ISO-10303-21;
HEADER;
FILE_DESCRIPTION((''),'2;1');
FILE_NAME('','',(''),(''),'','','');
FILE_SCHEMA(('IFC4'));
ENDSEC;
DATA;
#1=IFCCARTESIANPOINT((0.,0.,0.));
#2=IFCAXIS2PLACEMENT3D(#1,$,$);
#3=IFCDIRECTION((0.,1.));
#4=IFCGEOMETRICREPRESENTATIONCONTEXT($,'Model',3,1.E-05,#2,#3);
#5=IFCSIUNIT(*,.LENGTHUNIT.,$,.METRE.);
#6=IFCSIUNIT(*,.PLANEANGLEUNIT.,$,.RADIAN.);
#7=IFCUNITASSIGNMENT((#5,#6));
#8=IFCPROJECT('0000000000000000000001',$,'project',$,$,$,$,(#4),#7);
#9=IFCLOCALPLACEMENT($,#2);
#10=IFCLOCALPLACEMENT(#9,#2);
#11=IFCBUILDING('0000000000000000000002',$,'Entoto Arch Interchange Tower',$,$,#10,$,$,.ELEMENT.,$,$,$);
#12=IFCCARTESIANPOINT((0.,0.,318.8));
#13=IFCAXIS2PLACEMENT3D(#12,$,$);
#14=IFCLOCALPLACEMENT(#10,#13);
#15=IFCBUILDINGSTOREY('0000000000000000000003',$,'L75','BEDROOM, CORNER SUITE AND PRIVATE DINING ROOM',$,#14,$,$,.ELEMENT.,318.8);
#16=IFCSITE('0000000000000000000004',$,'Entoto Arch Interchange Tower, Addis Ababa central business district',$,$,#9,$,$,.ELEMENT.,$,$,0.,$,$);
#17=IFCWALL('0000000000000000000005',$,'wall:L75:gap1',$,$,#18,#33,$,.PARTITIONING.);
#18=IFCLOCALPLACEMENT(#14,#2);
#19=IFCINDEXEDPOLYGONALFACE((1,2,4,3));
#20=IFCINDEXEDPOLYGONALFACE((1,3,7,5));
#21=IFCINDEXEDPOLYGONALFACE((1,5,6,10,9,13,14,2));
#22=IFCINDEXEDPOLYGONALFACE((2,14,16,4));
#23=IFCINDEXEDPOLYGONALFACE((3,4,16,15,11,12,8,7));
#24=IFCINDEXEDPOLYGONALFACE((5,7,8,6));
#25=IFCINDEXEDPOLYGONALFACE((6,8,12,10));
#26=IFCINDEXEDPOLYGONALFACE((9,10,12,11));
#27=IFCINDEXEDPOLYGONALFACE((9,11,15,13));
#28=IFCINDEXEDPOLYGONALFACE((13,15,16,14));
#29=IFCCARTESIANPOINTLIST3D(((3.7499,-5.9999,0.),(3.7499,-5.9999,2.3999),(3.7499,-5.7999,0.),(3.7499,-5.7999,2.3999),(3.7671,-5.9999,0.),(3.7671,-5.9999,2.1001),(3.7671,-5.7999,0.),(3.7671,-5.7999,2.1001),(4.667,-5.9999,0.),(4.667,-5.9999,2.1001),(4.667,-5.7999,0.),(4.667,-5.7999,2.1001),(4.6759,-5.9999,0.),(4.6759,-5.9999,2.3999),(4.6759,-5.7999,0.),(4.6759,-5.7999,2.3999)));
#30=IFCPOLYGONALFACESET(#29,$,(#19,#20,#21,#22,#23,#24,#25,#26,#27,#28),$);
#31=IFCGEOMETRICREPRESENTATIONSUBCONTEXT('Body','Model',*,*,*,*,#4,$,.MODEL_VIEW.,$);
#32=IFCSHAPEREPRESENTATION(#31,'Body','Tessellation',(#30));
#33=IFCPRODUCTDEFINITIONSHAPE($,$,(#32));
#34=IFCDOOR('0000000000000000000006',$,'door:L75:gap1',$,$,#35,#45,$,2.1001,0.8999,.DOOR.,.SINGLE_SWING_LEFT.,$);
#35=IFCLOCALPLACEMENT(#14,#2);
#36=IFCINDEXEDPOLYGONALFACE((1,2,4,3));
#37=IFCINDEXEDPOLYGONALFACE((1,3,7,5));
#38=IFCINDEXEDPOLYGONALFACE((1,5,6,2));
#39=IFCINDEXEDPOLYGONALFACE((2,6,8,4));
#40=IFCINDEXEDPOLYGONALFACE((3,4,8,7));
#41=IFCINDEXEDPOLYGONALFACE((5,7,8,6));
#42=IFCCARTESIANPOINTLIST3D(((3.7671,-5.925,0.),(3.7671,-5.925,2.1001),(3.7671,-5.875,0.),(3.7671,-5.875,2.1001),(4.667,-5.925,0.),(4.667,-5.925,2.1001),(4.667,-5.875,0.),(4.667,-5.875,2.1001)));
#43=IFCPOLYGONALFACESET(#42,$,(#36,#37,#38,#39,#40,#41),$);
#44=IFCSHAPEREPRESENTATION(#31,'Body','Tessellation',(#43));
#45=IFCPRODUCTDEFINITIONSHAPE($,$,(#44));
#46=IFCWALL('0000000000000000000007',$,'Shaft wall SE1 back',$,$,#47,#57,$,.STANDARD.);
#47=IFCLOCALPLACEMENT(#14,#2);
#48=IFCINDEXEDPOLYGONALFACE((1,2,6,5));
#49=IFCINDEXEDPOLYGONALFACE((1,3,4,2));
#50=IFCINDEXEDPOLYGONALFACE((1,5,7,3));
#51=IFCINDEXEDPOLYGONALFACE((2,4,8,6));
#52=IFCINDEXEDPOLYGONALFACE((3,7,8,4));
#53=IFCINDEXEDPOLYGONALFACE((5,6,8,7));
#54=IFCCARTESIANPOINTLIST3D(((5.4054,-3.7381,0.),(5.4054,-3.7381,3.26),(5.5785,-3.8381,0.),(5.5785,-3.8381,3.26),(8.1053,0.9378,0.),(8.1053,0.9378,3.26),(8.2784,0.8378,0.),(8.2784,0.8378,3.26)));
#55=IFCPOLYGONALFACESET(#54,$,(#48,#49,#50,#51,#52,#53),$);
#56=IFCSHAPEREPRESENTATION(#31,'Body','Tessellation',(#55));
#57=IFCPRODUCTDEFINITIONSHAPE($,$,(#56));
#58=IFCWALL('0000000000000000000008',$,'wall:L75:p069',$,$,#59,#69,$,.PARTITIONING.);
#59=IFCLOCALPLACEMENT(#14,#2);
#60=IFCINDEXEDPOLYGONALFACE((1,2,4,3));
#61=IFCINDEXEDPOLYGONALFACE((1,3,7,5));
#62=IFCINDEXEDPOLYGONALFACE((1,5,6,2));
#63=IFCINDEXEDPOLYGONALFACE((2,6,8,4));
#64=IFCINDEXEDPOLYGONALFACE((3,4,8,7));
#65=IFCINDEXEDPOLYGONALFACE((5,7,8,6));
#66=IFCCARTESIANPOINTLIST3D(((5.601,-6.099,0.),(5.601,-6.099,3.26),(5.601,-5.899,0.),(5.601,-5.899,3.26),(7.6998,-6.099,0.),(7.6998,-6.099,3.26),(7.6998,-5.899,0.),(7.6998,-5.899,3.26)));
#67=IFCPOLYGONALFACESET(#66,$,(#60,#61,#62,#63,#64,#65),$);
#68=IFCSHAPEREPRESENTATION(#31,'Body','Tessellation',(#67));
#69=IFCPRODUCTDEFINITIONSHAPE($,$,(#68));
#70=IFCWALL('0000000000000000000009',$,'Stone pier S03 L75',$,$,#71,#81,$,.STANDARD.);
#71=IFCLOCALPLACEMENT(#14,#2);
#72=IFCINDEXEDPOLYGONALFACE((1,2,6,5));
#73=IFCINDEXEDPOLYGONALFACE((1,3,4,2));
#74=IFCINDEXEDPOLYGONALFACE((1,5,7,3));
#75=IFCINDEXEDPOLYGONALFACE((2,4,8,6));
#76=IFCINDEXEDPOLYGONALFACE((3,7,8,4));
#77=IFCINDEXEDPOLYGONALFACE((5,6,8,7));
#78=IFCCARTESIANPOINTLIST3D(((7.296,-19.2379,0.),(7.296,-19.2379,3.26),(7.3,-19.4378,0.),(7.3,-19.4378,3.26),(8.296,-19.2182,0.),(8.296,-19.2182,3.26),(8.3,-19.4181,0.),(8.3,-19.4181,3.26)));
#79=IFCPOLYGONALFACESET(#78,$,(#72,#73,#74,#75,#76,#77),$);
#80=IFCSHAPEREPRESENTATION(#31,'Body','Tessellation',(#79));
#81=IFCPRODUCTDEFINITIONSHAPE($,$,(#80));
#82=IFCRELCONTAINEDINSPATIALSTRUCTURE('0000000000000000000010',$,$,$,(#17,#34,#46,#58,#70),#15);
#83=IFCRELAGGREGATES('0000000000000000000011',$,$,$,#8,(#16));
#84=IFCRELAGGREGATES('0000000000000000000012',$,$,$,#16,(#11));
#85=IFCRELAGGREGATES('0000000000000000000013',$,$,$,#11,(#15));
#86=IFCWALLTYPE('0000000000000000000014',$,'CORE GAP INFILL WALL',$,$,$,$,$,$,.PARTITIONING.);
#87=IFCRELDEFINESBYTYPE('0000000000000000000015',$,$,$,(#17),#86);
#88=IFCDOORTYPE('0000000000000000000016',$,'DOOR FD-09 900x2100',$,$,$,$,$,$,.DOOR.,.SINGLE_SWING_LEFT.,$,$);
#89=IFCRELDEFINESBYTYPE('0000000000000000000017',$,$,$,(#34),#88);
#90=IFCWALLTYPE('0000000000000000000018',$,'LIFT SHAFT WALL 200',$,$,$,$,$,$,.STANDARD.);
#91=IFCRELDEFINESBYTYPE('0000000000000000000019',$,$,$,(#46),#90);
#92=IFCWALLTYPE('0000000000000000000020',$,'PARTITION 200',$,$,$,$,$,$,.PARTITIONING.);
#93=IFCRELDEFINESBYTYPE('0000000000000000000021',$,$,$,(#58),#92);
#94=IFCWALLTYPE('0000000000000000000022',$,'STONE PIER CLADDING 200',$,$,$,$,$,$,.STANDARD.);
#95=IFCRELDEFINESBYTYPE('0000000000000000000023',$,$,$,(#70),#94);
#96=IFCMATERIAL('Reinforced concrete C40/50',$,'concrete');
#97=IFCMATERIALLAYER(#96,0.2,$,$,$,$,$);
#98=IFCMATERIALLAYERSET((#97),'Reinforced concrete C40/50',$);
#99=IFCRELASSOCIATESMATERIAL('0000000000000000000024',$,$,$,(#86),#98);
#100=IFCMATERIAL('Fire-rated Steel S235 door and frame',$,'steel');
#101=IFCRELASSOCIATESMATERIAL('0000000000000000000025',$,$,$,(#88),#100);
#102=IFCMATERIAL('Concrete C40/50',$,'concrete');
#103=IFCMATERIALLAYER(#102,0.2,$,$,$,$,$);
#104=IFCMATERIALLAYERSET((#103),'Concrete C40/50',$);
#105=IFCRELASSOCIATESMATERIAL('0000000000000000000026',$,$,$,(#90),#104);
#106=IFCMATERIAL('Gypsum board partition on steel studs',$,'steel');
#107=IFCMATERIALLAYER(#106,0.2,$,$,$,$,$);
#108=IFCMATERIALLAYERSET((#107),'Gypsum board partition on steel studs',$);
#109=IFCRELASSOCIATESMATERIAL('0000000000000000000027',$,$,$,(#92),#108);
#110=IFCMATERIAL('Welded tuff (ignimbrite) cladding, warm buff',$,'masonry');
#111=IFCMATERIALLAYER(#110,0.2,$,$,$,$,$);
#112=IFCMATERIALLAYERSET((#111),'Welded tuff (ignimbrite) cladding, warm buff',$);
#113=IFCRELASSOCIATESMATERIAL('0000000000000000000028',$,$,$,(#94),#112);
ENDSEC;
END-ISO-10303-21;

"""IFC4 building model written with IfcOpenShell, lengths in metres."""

from ifc_helpers import new_model, si_unit, direction, frame, frame_2d, origin, place, context, subcontext, project, spatial, rectangle, extrude, material, layer, layer_set, type_object, element, fill, save


model = new_model("IFC4")

# Units and contexts
model_context = context("Model", 3, precision=1e-05, world=origin(), true_north=direction((0.0, 1.0)))
body_context = subcontext(model_context, "Body", "Model", "MODEL_VIEW")
ifc_project = project(units=[si_unit("LENGTHUNIT", "METRE"), si_unit("PLANEANGLEUNIT", "RADIAN")], contexts=[model_context])

# Site, building, storey
site_placement = place(None, origin())
site = spatial("IfcSite", under=ifc_project, at=site_placement, Name="Entoto Arch Interchange Tower, Addis Ababa central business district", CompositionType="ELEMENT", RefElevation=0.0)
building_placement = place(site_placement, origin())
building = spatial("IfcBuilding", under=site, at=building_placement, Name="Entoto Arch Interchange Tower", CompositionType="ELEMENT")
storey_placement = place(building_placement, frame((0.0, 0.0, 318.8)))
storey = spatial("IfcBuildingStorey", under=building, at=storey_placement, Name="L75", Description="BEDROOM, CORNER SUITE AND PRIVATE DINING ROOM", CompositionType="ELEMENT", Elevation=318.8)

# Shared definitions
ifc_material_1 = material(Name="Concrete C40/50", Category="concrete")

# Wall, opening, door
ifc_material_2 = material(Name="Reinforced concrete C40/50", Category="concrete")
ifc_layer_1 = layer(ifc_material_2, 0.2)
ifc_layer_set_1 = layer_set([ifc_layer_1], Name="Reinforced concrete C40/50")
wall_type_1 = type_object("IfcWallType", Name="CORE GAP INFILL WALL", PredefinedType="PARTITIONING", material=ifc_layer_set_1)
wall_1_placement = place(storey_placement, frame((3.75, -5.8999, 0.0), z_axis=(0.0, 0.0, 1.0), x_axis=(1.0, 0.0, 0.0)))
wall_1 = element("IfcWall", 1, at=wall_1_placement, inside=storey, type_object=wall_type_1, Name="wall:L75:gap1", PredefinedType="PARTITIONING", context=body_context, shape_type="SweptSolid", body=[
    extrude(rectangle(XDim=0.926, YDim=0.2, at=frame_2d((0.4629, 0.0))), origin(), (0.0, 0.0, 1.0), 2.3999),
])
opening_placement = place(wall_1_placement, frame((0.0171, 0.0, 0.0)))
opening = element("IfcOpeningElement", 2, at=opening_placement, cuts=wall_1, PredefinedType="OPENING", context=body_context, shape_type="SweptSolid", body=[
    extrude(rectangle(XDim=0.8999, YDim=2.1001, at=frame_2d((0.45, 1.05))), frame((0.0, 0.1099, 0.0), z_axis=(0.0, -1.0, 0.0), x_axis=(1.0, 0.0, 0.0)), (0.0, 0.0, 1.0), 0.22),
])
ifc_material_3 = material(Name="Fire-rated Steel S235 door and frame", Category="steel")
door_type = type_object("IfcDoorType", Name="DOOR FD-09 900x2100", OperationType="SINGLE_SWING_LEFT", PredefinedType="DOOR", material=ifc_material_3)
door_placement = place(opening_placement, origin())
door = element("IfcDoor", 3, at=door_placement, inside=storey, type_object=door_type, Name="door:L75:gap1", OperationType="SINGLE_SWING_LEFT", OverallHeight=2.1001, OverallWidth=0.8999, PredefinedType="DOOR", context=body_context, shape_type="SweptSolid", body=[
    extrude(rectangle(XDim=0.8999, YDim=2.1001, at=frame_2d((0.45, 1.05))), frame((0.0, 0.0249, 0.0), z_axis=(0.0, -1.0, 0.0), x_axis=(1.0, 0.0, 0.0)), (0.0, 0.0, 1.0), 0.05),
])
fill(opening, door)

# Walls
ifc_layer_2 = layer(ifc_material_1, 0.2)
ifc_layer_set_2 = layer_set([ifc_layer_2], Name="Concrete C40/50")
wall_type_2 = type_object("IfcWallType", Name="LIFT SHAFT WALL 200", PredefinedType="STANDARD", material=ifc_layer_set_2)
wall_2_placement = place(storey_placement, frame((5.4919, -3.7881, 0.0), z_axis=(0.0, 0.0, 1.0), x_axis=(0.500034, 0.866006, 0.0)))
element("IfcWall", 4, at=wall_2_placement, inside=storey, type_object=wall_type_2, Name="Shaft wall SE1 back", PredefinedType="STANDARD", context=body_context, shape_type="SweptSolid", body=[
    extrude(rectangle(XDim=5.3994, YDim=0.2, at=frame_2d((2.6997, 0.0))), origin(), (0.0, 0.0, 1.0), 3.26),
])
ifc_material_4 = material(Name="Gypsum board partition on steel studs", Category="steel")
ifc_layer_3 = layer(ifc_material_4, 0.2)
ifc_layer_set_3 = layer_set([ifc_layer_3], Name="Gypsum board partition on steel studs")
wall_type_3 = type_object("IfcWallType", Name="PARTITION 200", PredefinedType="PARTITIONING", material=ifc_layer_set_3)
wall_3_placement = place(storey_placement, frame((5.6011, -5.999, 0.0), z_axis=(0.0, 0.0, 1.0), x_axis=(1.0, 0.0, 0.0)))
element("IfcWall", 5, at=wall_3_placement, inside=storey, type_object=wall_type_3, Name="wall:L75:p069", PredefinedType="PARTITIONING", context=body_context, shape_type="SweptSolid", body=[
    extrude(rectangle(XDim=2.0989, YDim=0.2, at=frame_2d((1.0493, 0.0))), origin(), (0.0, 0.0, 1.0), 3.26),
])
ifc_material_5 = material(Name="Welded tuff (ignimbrite) cladding, warm buff", Category="masonry")
ifc_layer_4 = layer(ifc_material_5, 0.2)
ifc_layer_set_4 = layer_set([ifc_layer_4], Name="Welded tuff (ignimbrite) cladding, warm buff")
wall_type_4 = type_object("IfcWallType", Name="STONE PIER CLADDING 200", PredefinedType="STANDARD", material=ifc_layer_set_4)
wall_4_placement = place(storey_placement, frame((7.2981, -19.3379, 0.0), z_axis=(0.0, 0.0, 1.0), x_axis=(0.999805, 0.019772, 0.0)))
element("IfcWall", 6, at=wall_4_placement, inside=storey, type_object=wall_type_4, Name="Stone pier S03 L75", PredefinedType="STANDARD", context=body_context, shape_type="SweptSolid", body=[
    extrude(rectangle(XDim=1.0002, YDim=0.2, at=frame_2d((0.5, 0.0))), origin(), (0.0, 0.0, 1.0), 3.26),
])

save(model, "model.ifc")
